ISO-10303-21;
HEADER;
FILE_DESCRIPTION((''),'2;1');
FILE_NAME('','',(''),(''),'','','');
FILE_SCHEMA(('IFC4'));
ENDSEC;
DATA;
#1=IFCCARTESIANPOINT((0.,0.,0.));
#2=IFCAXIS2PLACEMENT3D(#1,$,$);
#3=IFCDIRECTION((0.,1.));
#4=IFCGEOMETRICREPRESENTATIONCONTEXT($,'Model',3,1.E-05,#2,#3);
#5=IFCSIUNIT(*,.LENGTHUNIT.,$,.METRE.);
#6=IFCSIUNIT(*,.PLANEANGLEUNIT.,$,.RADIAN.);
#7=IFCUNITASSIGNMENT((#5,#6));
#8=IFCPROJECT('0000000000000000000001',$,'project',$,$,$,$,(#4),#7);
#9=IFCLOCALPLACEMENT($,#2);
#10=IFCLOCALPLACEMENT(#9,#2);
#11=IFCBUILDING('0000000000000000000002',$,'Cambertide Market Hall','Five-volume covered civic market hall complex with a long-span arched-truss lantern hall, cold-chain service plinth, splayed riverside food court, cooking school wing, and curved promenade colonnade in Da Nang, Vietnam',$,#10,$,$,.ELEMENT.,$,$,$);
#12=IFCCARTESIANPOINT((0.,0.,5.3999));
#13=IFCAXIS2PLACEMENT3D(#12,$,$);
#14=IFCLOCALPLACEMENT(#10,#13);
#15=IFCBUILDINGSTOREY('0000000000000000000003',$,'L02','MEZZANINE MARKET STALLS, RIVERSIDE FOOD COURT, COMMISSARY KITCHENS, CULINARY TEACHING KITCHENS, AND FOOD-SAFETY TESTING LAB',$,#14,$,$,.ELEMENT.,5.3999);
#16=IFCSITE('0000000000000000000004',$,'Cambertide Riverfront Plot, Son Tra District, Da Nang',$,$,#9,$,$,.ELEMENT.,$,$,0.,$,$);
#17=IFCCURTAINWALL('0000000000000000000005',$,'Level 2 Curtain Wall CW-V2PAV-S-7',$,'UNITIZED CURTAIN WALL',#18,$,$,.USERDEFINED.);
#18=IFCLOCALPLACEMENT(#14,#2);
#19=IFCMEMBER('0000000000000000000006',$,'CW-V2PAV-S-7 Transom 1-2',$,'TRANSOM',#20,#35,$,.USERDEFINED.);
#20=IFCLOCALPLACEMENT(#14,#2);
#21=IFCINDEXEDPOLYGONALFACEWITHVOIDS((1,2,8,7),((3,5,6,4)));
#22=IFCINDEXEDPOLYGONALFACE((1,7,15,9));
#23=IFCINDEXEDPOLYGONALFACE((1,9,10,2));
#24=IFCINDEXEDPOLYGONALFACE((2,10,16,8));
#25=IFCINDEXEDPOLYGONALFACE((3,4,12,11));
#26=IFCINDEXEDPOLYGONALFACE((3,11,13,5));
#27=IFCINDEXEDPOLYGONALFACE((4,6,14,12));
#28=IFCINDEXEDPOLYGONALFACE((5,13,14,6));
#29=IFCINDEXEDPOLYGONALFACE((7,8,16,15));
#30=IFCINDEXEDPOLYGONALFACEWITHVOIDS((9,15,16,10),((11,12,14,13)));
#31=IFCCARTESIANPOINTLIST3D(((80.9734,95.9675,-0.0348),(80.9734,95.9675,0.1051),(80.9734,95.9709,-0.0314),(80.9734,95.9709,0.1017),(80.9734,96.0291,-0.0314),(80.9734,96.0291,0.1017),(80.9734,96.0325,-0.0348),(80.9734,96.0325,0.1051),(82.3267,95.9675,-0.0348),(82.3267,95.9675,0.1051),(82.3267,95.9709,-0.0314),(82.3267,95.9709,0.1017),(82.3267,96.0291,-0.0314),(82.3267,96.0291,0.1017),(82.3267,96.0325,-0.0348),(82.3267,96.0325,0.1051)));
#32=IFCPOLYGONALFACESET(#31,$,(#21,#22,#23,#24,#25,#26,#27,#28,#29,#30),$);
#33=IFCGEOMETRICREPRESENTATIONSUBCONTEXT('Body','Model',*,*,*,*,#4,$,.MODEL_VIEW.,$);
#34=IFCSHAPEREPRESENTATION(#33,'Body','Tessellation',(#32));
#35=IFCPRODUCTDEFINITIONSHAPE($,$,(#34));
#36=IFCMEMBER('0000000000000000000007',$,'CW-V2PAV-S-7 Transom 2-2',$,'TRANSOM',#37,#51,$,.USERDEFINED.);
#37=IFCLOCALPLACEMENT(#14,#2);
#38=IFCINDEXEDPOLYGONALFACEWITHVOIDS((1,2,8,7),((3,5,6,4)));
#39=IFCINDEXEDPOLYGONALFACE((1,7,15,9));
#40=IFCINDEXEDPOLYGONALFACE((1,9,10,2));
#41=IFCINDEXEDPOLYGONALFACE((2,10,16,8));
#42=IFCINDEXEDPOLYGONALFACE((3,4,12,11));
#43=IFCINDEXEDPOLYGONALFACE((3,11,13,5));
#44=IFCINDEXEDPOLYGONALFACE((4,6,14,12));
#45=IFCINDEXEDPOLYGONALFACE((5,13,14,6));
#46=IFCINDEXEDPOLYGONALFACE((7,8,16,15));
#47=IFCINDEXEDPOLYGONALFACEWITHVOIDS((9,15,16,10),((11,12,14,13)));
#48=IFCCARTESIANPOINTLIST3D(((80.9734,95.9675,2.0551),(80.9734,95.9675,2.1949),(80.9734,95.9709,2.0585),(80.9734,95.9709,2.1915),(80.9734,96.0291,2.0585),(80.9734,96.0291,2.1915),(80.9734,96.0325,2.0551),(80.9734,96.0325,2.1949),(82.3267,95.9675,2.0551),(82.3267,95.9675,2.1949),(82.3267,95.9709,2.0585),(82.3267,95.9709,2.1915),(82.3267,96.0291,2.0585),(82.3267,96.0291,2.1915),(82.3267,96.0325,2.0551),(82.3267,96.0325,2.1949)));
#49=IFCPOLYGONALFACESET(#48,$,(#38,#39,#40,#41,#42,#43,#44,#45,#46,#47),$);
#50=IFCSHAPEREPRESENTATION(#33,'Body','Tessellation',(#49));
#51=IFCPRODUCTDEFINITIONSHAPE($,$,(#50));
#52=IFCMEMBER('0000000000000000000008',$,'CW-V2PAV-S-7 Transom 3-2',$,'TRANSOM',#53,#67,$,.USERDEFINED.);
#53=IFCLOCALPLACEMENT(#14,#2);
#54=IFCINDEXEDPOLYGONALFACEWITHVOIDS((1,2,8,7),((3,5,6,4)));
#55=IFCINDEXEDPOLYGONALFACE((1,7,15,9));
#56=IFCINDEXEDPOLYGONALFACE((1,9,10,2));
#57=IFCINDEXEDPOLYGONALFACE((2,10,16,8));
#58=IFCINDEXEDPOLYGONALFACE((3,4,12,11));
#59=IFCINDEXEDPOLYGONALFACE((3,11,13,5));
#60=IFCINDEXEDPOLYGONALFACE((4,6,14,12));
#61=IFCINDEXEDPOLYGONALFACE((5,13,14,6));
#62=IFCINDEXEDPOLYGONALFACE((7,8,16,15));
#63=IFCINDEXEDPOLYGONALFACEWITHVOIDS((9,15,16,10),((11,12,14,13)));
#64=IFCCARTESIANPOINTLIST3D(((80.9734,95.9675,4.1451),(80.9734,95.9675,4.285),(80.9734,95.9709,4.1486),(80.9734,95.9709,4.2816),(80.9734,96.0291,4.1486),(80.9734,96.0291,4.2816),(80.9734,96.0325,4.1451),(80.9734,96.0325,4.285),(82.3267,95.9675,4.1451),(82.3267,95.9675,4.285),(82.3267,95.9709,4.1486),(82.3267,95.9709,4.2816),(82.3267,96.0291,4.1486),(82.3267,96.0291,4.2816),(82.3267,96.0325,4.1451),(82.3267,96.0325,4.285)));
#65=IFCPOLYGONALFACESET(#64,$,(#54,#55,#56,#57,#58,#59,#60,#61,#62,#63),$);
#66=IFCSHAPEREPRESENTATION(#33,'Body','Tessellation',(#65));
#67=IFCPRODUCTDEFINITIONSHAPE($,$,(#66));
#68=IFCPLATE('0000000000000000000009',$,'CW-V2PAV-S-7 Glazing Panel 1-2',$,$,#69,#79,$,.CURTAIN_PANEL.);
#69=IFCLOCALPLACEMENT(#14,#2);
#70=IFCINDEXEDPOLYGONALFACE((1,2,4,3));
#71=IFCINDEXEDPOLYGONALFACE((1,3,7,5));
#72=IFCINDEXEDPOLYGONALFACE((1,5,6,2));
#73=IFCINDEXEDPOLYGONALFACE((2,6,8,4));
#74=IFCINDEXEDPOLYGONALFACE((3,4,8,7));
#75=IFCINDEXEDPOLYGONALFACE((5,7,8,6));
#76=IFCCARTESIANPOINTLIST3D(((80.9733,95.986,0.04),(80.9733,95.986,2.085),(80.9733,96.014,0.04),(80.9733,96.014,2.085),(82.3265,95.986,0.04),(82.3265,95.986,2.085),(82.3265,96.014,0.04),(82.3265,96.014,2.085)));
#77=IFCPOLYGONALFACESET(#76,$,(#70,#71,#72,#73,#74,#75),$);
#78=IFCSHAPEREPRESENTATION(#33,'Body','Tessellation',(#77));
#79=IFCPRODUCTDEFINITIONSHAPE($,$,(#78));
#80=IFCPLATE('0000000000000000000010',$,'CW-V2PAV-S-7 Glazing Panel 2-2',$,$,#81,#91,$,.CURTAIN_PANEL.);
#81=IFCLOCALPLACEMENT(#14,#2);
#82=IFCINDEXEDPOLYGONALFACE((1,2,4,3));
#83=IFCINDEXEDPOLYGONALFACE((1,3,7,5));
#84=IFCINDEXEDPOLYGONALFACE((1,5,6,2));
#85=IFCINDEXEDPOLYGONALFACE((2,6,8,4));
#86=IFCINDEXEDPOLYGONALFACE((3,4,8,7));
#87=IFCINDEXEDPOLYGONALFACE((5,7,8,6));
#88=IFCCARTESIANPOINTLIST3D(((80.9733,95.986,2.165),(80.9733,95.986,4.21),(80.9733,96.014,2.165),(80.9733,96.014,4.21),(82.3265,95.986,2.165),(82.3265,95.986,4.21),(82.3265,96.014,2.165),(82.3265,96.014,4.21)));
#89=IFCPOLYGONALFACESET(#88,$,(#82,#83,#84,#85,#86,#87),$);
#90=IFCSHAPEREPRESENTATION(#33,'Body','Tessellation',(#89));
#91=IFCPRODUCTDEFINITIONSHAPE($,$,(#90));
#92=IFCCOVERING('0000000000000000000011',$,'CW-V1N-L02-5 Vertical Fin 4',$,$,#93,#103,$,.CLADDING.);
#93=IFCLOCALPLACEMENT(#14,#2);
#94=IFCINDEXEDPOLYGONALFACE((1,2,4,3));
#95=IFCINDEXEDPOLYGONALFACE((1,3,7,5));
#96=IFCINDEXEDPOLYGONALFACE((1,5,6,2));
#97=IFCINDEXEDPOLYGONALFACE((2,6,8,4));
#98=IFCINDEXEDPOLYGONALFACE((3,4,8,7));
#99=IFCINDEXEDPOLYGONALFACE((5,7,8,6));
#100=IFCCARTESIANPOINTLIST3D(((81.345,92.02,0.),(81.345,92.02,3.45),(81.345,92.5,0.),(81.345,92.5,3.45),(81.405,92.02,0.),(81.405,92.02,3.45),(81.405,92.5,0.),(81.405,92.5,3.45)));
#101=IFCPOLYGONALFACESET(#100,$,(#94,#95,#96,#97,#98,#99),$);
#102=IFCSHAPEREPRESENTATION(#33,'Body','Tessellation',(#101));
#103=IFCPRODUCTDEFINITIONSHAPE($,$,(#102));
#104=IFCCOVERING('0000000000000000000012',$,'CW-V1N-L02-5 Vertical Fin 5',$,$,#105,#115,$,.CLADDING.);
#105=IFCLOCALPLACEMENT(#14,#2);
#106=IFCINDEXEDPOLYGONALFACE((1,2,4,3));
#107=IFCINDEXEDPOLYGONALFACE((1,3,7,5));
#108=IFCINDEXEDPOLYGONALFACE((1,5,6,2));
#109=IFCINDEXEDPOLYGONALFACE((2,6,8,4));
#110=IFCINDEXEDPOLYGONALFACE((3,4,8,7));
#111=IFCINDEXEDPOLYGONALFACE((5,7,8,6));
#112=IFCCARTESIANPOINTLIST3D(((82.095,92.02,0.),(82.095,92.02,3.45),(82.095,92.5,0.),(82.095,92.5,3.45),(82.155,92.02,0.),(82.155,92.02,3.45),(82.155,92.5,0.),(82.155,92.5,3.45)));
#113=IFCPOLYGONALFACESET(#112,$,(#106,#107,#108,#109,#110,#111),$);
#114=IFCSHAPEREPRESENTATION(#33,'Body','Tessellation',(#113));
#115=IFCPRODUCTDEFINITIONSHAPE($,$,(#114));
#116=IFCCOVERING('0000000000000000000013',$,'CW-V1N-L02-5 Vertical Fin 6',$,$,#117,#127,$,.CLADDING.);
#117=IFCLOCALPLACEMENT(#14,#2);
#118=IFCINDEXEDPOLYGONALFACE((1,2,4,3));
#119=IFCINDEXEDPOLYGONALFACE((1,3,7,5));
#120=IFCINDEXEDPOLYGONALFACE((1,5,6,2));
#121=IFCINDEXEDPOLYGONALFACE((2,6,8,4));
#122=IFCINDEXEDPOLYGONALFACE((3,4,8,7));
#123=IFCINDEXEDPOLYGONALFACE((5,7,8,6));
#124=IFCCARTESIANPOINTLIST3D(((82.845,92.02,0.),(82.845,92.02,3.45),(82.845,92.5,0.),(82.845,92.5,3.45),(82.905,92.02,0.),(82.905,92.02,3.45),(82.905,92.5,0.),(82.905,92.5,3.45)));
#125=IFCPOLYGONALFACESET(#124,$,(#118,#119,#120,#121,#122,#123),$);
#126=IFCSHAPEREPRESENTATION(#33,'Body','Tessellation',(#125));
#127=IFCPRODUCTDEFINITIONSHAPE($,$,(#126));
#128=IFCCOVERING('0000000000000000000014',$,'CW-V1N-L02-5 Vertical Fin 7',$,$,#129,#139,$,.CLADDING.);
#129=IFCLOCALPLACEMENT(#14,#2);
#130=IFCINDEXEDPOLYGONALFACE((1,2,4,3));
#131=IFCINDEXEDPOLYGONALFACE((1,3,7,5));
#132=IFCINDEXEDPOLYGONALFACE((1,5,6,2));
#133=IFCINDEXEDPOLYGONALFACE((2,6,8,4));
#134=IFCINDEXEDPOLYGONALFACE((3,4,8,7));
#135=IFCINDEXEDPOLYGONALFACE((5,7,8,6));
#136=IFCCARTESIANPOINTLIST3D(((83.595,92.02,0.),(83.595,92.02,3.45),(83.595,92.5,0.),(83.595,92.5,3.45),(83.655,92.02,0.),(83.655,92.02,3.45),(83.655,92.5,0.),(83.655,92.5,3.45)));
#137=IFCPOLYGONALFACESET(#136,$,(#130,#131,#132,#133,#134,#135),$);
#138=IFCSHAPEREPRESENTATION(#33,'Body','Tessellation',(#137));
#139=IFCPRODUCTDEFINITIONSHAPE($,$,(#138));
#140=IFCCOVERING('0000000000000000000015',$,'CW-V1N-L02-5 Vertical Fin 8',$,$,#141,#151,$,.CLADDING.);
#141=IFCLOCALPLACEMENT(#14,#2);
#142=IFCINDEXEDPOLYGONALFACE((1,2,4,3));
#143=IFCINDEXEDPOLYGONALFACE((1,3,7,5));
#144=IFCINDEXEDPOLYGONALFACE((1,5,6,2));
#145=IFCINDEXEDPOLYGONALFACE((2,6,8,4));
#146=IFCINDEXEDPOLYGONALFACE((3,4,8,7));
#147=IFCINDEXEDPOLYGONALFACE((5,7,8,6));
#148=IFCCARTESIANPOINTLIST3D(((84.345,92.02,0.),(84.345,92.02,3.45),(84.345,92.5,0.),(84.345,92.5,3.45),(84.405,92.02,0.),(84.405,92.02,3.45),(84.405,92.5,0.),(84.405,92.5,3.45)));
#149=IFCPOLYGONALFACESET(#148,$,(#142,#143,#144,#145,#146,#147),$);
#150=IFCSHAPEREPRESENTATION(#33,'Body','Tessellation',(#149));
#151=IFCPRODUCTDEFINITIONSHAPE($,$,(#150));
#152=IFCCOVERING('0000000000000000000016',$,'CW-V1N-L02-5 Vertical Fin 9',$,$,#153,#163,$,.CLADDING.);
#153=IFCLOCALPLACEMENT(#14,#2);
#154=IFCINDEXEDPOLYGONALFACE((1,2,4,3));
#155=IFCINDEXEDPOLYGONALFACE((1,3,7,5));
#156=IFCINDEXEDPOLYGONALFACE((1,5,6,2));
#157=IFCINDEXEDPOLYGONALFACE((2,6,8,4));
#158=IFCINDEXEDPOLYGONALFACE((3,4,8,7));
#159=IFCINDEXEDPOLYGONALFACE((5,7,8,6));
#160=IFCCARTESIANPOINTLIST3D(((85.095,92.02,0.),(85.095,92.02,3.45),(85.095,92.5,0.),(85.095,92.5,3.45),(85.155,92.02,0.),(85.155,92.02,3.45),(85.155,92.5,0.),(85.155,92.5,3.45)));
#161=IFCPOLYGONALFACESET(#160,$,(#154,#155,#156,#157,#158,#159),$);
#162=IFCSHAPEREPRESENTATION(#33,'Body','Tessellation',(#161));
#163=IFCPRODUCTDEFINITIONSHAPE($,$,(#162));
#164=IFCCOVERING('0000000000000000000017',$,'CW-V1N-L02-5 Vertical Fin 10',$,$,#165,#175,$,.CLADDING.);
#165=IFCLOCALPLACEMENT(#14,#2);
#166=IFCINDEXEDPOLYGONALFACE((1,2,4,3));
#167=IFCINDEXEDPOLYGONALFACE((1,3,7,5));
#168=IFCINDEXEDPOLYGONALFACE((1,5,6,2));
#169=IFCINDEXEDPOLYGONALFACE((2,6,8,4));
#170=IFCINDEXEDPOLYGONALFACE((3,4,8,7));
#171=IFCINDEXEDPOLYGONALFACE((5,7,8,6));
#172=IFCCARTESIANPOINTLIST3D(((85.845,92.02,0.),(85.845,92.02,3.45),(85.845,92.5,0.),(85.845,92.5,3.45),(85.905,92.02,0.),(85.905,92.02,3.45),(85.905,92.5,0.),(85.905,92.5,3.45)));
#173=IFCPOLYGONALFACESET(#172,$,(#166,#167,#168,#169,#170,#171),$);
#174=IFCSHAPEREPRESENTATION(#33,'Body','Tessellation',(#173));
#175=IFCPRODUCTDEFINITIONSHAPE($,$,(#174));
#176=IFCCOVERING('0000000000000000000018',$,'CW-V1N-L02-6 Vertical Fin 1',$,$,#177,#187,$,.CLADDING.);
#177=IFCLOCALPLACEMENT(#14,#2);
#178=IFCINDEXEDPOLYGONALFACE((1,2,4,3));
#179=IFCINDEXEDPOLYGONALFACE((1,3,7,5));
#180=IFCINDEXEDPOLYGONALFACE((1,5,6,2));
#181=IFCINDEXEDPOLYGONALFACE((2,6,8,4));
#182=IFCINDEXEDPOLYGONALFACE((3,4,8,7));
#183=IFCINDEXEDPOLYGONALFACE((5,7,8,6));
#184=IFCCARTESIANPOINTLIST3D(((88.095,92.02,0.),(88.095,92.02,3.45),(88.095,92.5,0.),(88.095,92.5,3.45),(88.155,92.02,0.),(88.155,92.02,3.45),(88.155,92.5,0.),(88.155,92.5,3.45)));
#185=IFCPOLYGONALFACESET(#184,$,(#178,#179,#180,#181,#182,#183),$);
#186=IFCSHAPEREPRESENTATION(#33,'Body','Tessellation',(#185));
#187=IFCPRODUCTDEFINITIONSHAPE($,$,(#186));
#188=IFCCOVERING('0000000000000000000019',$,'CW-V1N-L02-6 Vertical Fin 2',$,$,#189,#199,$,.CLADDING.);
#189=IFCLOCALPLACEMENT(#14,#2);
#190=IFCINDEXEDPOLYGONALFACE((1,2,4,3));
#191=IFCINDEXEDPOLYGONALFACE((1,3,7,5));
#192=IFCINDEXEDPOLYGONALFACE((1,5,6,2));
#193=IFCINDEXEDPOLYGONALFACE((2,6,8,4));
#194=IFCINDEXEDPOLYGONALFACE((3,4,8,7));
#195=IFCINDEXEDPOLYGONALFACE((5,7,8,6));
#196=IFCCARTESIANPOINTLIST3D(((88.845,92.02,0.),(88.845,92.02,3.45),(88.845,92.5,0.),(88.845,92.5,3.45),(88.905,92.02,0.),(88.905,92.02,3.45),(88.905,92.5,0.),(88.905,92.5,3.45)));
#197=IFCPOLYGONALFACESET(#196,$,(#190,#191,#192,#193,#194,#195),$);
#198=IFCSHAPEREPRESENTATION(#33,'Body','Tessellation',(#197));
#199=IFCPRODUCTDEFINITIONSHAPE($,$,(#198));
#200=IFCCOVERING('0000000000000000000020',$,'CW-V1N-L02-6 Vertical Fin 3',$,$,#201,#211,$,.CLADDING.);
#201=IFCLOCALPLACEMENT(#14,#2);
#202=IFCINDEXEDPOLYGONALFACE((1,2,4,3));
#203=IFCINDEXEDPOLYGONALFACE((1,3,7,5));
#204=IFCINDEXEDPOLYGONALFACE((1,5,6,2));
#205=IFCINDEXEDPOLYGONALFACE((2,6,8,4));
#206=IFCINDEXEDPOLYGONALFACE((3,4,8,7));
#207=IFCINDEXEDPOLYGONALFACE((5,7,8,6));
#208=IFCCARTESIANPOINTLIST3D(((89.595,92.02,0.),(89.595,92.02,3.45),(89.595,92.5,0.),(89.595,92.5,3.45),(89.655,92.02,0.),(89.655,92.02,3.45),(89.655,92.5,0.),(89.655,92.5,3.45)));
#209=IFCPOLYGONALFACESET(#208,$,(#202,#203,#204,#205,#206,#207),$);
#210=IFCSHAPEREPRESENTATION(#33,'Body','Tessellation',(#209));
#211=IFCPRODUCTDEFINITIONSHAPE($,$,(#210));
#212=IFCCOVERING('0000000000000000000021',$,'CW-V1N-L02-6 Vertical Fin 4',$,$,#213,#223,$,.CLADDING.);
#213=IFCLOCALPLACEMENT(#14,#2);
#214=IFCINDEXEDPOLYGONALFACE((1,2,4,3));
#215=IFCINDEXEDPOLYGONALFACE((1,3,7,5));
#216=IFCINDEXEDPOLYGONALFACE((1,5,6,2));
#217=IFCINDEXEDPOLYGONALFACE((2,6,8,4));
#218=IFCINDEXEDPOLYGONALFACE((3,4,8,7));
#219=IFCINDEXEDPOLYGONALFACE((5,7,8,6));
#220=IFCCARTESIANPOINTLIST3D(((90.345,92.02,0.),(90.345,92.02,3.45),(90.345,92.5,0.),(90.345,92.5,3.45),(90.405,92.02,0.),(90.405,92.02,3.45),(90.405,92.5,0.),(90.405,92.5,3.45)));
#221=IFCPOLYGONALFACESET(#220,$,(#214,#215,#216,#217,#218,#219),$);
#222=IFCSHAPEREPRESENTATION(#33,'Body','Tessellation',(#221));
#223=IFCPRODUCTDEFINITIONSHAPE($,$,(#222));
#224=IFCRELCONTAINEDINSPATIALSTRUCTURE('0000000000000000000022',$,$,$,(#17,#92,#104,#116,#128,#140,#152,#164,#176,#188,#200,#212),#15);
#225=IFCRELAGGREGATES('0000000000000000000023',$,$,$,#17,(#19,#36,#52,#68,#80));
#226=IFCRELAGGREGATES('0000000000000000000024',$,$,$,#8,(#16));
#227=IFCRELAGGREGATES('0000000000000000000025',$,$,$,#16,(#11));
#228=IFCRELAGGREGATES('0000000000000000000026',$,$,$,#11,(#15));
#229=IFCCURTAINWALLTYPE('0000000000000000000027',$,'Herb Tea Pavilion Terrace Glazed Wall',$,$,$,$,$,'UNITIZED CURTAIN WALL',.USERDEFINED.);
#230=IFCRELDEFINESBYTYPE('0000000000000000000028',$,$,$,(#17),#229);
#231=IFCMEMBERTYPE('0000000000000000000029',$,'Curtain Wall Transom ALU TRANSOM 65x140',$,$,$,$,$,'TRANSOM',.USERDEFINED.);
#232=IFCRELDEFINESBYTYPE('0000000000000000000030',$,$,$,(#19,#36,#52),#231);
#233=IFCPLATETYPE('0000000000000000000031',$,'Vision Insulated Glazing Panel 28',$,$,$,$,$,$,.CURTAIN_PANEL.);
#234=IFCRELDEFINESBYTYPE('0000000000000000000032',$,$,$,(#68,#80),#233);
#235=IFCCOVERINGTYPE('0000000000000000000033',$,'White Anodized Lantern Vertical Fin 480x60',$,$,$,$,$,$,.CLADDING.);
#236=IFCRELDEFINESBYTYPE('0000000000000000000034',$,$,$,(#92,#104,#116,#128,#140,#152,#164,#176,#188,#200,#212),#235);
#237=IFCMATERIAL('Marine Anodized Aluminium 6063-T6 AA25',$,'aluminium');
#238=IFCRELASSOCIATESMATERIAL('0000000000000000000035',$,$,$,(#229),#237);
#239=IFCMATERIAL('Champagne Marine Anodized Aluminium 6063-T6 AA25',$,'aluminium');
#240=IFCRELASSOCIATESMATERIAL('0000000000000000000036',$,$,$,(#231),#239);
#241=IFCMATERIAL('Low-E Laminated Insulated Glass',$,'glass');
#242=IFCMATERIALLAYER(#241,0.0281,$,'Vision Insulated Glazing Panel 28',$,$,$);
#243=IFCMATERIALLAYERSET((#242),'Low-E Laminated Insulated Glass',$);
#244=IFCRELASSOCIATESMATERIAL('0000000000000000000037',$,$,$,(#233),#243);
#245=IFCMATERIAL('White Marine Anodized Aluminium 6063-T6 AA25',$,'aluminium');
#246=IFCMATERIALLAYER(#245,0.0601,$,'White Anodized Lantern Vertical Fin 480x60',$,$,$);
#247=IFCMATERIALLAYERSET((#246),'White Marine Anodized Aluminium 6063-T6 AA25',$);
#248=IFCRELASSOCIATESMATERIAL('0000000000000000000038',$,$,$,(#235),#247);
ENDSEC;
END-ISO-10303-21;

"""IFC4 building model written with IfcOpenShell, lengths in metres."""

from ifc_helpers import new_model, si_unit, direction, frame, origin, origin_2d, place, context, subcontext, project, spatial, rectangle, hollow_rectangle, extrude, material, layer, layer_set, material_profile, profile_set, type_object, element, aggregate, save


model = new_model("IFC4")

# Units and contexts
model_context = context("Model", 3, precision=1e-05, world=origin(), true_north=direction((0.0, 1.0)))
body_context = subcontext(model_context, "Body", "Model", "MODEL_VIEW")
ifc_project = project(units=[si_unit("LENGTHUNIT", "METRE"), si_unit("PLANEANGLEUNIT", "RADIAN")], contexts=[model_context])

# Site, building, storey
site_placement = place(None, origin())
site = spatial("IfcSite", under=ifc_project, at=site_placement, Name="Cambertide Riverfront Plot, Son Tra District, Da Nang", CompositionType="ELEMENT", RefElevation=0.0)
building_placement = place(site_placement, origin())
building = spatial("IfcBuilding", under=site, at=building_placement, Name="Cambertide Market Hall", Description="Five-volume covered civic market hall complex with a long-span arched-truss lantern hall, cold-chain service plinth, splayed riverside food court, cooking school wing, and curved promenade colonnade in Da Nang, Vietnam", CompositionType="ELEMENT")
storey_placement = place(building_placement, frame((0.0, 0.0, 5.3999)))
storey = spatial("IfcBuildingStorey", under=building, at=storey_placement, Name="L02", Description="MEZZANINE MARKET STALLS, RIVERSIDE FOOD COURT, COMMISSARY KITCHENS, CULINARY TEACHING KITCHENS, AND FOOD-SAFETY TESTING LAB", CompositionType="ELEMENT", Elevation=5.3999)

# Curtain wall, members, plates
ifc_material_1 = material(Name="Marine Anodized Aluminium 6063-T6 AA25", Category="aluminium")
curtain_wall_type = type_object("IfcCurtainWallType", Name="Herb Tea Pavilion Terrace Glazed Wall", ElementType="UNITIZED CURTAIN WALL", PredefinedType="USERDEFINED", material=ifc_material_1)
curtain_wall_placement = place(storey_placement, origin())
curtain_wall = element("IfcCurtainWall", 1, at=curtain_wall_placement, inside=storey, type_object=curtain_wall_type, Name="Level 2 Curtain Wall CW-V2PAV-S-7", ObjectType="UNITIZED CURTAIN WALL", PredefinedType="USERDEFINED")
ifc_material_2 = material(Name="Champagne Marine Anodized Aluminium 6063-T6 AA25", Category="aluminium")
ifc_material_profile = material_profile(ifc_material_2, hollow_rectangle(XDim=0.0649, YDim=0.1399, WallThickness=0.0034, at=origin_2d()), Name="ALU TRANSOM 65x140")
ifc_profile_set = profile_set([ifc_material_profile], Name="Champagne Marine Anodized Aluminium 6063-T6 AA25")
member_type = type_object("IfcMemberType", Name="Curtain Wall Transom ALU TRANSOM 65x140", ElementType="TRANSOM", PredefinedType="USERDEFINED", material=ifc_profile_set)
member_1_placement = place(storey_placement, frame((82.3267, 96.0, 0.0352), z_axis=(-1.0, 0.0, 0.0), x_axis=(0.0, -1.0, 0.0)))
member_1 = element("IfcMember", 2, at=member_1_placement, type_object=member_type, Name="CW-V2PAV-S-7 Transom 1-2", ObjectType="TRANSOM", PredefinedType="USERDEFINED", context=body_context, shape_type="SweptSolid", body=[
    extrude(hollow_rectangle(XDim=0.0649, YDim=0.1399, WallThickness=0.0034, at=origin_2d()), origin(), (0.0, 0.0, 1.0), 1.3533),
])
member_2_placement = place(storey_placement, frame((82.3267, 96.0, 2.125), z_axis=(-1.0, 0.0, 0.0), x_axis=(0.0, -1.0, 0.0)))
member_2 = element("IfcMember", 3, at=member_2_placement, type_object=member_type, Name="CW-V2PAV-S-7 Transom 2-2", ObjectType="TRANSOM", PredefinedType="USERDEFINED", context=body_context, shape_type="SweptSolid", body=[
    extrude(hollow_rectangle(XDim=0.0649, YDim=0.1399, WallThickness=0.0034, at=origin_2d()), origin(), (0.0, 0.0, 1.0), 1.3533),
])
member_3_placement = place(storey_placement, frame((82.3267, 96.0, 4.2151), z_axis=(-1.0, 0.0, 0.0), x_axis=(0.0, -1.0, 0.0)))
member_3 = element("IfcMember", 4, at=member_3_placement, type_object=member_type, Name="CW-V2PAV-S-7 Transom 3-2", ObjectType="TRANSOM", PredefinedType="USERDEFINED", context=body_context, shape_type="SweptSolid", body=[
    extrude(hollow_rectangle(XDim=0.0649, YDim=0.1399, WallThickness=0.0034, at=origin_2d()), origin(), (0.0, 0.0, 1.0), 1.3533),
])
ifc_material_3 = material(Name="Low-E Laminated Insulated Glass", Category="glass")
ifc_layer_1 = layer(ifc_material_3, 0.0281, Name="Vision Insulated Glazing Panel 28")
ifc_layer_set_1 = layer_set([ifc_layer_1], Name="Low-E Laminated Insulated Glass")
plate_type = type_object("IfcPlateType", Name="Vision Insulated Glazing Panel 28", PredefinedType="CURTAIN_PANEL", material=ifc_layer_set_1)
plate_1_placement = place(storey_placement, frame((81.6499, 96.0, 0.04), z_axis=(0.0, 0.0, 1.0), x_axis=(-1.0, 0.0, 0.0)))
plate_1 = element("IfcPlate", 5, at=plate_1_placement, type_object=plate_type, Name="CW-V2PAV-S-7 Glazing Panel 1-2", PredefinedType="CURTAIN_PANEL", context=body_context, shape_type="SweptSolid", body=[
    extrude(rectangle(XDim=1.3533, YDim=0.0281, at=origin_2d()), origin(), (0.0, 0.0, 1.0), 2.0449),
])
plate_2_placement = place(storey_placement, frame((81.6499, 96.0, 2.165), z_axis=(0.0, 0.0, 1.0), x_axis=(-1.0, 0.0, 0.0)))
plate_2 = element("IfcPlate", 6, at=plate_2_placement, type_object=plate_type, Name="CW-V2PAV-S-7 Glazing Panel 2-2", PredefinedType="CURTAIN_PANEL", context=body_context, shape_type="SweptSolid", body=[
    extrude(rectangle(XDim=1.3533, YDim=0.0281, at=origin_2d()), origin(), (0.0, 0.0, 1.0), 2.0449),
])
aggregate(curtain_wall, [member_1, member_2, member_3, plate_1, plate_2])

# Coverings
ifc_material_4 = material(Name="White Marine Anodized Aluminium 6063-T6 AA25", Category="aluminium")
ifc_layer_2 = layer(ifc_material_4, 0.0601, Name="White Anodized Lantern Vertical Fin 480x60")
ifc_layer_set_2 = layer_set([ifc_layer_2], Name="White Marine Anodized Aluminium 6063-T6 AA25")
covering_type = type_object("IfcCoveringType", Name="White Anodized Lantern Vertical Fin 480x60", PredefinedType="CLADDING", material=ifc_layer_set_2)
for number, where, z_axis, x_axis, name in (
    (7, (81.375, 92.26, 0.0), (0.0, 0.0, 1.0), (1.0, 0.0, 0.0), "CW-V1N-L02-5 Vertical Fin 4"),
    (8, (82.125, 92.26, 0.0), (0.0, 0.0, 1.0), (1.0, 0.0, 0.0), "CW-V1N-L02-5 Vertical Fin 5"),
    (9, (82.875, 92.26, 0.0), (0.0, 0.0, 1.0), (1.0, 0.0, 0.0), "CW-V1N-L02-5 Vertical Fin 6"),
    (10, (83.625, 92.26, 0.0), (0.0, 0.0, 1.0), (1.0, 0.0, 0.0), "CW-V1N-L02-5 Vertical Fin 7"),
    (11, (84.375, 92.26, 0.0), (0.0, 0.0, 1.0), (1.0, 0.0, 0.0), "CW-V1N-L02-5 Vertical Fin 8"),
    (12, (85.125, 92.26, 0.0), (0.0, 0.0, 1.0), (1.0, 0.0, 0.0), "CW-V1N-L02-5 Vertical Fin 9"),
    (13, (85.875, 92.26, 0.0), (0.0, 0.0, 1.0), (1.0, 0.0, 0.0), "CW-V1N-L02-5 Vertical Fin 10"),
    (14, (88.125, 92.26, 0.0), (0.0, 0.0, 1.0), (1.0, 0.0, 0.0), "CW-V1N-L02-6 Vertical Fin 1"),
    (15, (88.875, 92.26, 0.0), (0.0, 0.0, 1.0), (1.0, 0.0, 0.0), "CW-V1N-L02-6 Vertical Fin 2"),
    (16, (89.625, 92.26, 0.0), (0.0, 0.0, 1.0), (1.0, 0.0, 0.0), "CW-V1N-L02-6 Vertical Fin 3"),
    (17, (90.375, 92.26, 0.0), (0.0, 0.0, 1.0), (1.0, 0.0, 0.0), "CW-V1N-L02-6 Vertical Fin 4"),
):
    element("IfcCovering", number, at=place(storey_placement, frame(where, z_axis=z_axis, x_axis=x_axis)), inside=storey, type_object=covering_type, Name=name, PredefinedType="CLADDING", context=body_context, shape_type="SweptSolid", body=[
        extrude(rectangle(XDim=0.0601, YDim=0.48, at=origin_2d()), origin(), (0.0, 0.0, 1.0), 3.45),
    ])

save(model, "model.ifc")
